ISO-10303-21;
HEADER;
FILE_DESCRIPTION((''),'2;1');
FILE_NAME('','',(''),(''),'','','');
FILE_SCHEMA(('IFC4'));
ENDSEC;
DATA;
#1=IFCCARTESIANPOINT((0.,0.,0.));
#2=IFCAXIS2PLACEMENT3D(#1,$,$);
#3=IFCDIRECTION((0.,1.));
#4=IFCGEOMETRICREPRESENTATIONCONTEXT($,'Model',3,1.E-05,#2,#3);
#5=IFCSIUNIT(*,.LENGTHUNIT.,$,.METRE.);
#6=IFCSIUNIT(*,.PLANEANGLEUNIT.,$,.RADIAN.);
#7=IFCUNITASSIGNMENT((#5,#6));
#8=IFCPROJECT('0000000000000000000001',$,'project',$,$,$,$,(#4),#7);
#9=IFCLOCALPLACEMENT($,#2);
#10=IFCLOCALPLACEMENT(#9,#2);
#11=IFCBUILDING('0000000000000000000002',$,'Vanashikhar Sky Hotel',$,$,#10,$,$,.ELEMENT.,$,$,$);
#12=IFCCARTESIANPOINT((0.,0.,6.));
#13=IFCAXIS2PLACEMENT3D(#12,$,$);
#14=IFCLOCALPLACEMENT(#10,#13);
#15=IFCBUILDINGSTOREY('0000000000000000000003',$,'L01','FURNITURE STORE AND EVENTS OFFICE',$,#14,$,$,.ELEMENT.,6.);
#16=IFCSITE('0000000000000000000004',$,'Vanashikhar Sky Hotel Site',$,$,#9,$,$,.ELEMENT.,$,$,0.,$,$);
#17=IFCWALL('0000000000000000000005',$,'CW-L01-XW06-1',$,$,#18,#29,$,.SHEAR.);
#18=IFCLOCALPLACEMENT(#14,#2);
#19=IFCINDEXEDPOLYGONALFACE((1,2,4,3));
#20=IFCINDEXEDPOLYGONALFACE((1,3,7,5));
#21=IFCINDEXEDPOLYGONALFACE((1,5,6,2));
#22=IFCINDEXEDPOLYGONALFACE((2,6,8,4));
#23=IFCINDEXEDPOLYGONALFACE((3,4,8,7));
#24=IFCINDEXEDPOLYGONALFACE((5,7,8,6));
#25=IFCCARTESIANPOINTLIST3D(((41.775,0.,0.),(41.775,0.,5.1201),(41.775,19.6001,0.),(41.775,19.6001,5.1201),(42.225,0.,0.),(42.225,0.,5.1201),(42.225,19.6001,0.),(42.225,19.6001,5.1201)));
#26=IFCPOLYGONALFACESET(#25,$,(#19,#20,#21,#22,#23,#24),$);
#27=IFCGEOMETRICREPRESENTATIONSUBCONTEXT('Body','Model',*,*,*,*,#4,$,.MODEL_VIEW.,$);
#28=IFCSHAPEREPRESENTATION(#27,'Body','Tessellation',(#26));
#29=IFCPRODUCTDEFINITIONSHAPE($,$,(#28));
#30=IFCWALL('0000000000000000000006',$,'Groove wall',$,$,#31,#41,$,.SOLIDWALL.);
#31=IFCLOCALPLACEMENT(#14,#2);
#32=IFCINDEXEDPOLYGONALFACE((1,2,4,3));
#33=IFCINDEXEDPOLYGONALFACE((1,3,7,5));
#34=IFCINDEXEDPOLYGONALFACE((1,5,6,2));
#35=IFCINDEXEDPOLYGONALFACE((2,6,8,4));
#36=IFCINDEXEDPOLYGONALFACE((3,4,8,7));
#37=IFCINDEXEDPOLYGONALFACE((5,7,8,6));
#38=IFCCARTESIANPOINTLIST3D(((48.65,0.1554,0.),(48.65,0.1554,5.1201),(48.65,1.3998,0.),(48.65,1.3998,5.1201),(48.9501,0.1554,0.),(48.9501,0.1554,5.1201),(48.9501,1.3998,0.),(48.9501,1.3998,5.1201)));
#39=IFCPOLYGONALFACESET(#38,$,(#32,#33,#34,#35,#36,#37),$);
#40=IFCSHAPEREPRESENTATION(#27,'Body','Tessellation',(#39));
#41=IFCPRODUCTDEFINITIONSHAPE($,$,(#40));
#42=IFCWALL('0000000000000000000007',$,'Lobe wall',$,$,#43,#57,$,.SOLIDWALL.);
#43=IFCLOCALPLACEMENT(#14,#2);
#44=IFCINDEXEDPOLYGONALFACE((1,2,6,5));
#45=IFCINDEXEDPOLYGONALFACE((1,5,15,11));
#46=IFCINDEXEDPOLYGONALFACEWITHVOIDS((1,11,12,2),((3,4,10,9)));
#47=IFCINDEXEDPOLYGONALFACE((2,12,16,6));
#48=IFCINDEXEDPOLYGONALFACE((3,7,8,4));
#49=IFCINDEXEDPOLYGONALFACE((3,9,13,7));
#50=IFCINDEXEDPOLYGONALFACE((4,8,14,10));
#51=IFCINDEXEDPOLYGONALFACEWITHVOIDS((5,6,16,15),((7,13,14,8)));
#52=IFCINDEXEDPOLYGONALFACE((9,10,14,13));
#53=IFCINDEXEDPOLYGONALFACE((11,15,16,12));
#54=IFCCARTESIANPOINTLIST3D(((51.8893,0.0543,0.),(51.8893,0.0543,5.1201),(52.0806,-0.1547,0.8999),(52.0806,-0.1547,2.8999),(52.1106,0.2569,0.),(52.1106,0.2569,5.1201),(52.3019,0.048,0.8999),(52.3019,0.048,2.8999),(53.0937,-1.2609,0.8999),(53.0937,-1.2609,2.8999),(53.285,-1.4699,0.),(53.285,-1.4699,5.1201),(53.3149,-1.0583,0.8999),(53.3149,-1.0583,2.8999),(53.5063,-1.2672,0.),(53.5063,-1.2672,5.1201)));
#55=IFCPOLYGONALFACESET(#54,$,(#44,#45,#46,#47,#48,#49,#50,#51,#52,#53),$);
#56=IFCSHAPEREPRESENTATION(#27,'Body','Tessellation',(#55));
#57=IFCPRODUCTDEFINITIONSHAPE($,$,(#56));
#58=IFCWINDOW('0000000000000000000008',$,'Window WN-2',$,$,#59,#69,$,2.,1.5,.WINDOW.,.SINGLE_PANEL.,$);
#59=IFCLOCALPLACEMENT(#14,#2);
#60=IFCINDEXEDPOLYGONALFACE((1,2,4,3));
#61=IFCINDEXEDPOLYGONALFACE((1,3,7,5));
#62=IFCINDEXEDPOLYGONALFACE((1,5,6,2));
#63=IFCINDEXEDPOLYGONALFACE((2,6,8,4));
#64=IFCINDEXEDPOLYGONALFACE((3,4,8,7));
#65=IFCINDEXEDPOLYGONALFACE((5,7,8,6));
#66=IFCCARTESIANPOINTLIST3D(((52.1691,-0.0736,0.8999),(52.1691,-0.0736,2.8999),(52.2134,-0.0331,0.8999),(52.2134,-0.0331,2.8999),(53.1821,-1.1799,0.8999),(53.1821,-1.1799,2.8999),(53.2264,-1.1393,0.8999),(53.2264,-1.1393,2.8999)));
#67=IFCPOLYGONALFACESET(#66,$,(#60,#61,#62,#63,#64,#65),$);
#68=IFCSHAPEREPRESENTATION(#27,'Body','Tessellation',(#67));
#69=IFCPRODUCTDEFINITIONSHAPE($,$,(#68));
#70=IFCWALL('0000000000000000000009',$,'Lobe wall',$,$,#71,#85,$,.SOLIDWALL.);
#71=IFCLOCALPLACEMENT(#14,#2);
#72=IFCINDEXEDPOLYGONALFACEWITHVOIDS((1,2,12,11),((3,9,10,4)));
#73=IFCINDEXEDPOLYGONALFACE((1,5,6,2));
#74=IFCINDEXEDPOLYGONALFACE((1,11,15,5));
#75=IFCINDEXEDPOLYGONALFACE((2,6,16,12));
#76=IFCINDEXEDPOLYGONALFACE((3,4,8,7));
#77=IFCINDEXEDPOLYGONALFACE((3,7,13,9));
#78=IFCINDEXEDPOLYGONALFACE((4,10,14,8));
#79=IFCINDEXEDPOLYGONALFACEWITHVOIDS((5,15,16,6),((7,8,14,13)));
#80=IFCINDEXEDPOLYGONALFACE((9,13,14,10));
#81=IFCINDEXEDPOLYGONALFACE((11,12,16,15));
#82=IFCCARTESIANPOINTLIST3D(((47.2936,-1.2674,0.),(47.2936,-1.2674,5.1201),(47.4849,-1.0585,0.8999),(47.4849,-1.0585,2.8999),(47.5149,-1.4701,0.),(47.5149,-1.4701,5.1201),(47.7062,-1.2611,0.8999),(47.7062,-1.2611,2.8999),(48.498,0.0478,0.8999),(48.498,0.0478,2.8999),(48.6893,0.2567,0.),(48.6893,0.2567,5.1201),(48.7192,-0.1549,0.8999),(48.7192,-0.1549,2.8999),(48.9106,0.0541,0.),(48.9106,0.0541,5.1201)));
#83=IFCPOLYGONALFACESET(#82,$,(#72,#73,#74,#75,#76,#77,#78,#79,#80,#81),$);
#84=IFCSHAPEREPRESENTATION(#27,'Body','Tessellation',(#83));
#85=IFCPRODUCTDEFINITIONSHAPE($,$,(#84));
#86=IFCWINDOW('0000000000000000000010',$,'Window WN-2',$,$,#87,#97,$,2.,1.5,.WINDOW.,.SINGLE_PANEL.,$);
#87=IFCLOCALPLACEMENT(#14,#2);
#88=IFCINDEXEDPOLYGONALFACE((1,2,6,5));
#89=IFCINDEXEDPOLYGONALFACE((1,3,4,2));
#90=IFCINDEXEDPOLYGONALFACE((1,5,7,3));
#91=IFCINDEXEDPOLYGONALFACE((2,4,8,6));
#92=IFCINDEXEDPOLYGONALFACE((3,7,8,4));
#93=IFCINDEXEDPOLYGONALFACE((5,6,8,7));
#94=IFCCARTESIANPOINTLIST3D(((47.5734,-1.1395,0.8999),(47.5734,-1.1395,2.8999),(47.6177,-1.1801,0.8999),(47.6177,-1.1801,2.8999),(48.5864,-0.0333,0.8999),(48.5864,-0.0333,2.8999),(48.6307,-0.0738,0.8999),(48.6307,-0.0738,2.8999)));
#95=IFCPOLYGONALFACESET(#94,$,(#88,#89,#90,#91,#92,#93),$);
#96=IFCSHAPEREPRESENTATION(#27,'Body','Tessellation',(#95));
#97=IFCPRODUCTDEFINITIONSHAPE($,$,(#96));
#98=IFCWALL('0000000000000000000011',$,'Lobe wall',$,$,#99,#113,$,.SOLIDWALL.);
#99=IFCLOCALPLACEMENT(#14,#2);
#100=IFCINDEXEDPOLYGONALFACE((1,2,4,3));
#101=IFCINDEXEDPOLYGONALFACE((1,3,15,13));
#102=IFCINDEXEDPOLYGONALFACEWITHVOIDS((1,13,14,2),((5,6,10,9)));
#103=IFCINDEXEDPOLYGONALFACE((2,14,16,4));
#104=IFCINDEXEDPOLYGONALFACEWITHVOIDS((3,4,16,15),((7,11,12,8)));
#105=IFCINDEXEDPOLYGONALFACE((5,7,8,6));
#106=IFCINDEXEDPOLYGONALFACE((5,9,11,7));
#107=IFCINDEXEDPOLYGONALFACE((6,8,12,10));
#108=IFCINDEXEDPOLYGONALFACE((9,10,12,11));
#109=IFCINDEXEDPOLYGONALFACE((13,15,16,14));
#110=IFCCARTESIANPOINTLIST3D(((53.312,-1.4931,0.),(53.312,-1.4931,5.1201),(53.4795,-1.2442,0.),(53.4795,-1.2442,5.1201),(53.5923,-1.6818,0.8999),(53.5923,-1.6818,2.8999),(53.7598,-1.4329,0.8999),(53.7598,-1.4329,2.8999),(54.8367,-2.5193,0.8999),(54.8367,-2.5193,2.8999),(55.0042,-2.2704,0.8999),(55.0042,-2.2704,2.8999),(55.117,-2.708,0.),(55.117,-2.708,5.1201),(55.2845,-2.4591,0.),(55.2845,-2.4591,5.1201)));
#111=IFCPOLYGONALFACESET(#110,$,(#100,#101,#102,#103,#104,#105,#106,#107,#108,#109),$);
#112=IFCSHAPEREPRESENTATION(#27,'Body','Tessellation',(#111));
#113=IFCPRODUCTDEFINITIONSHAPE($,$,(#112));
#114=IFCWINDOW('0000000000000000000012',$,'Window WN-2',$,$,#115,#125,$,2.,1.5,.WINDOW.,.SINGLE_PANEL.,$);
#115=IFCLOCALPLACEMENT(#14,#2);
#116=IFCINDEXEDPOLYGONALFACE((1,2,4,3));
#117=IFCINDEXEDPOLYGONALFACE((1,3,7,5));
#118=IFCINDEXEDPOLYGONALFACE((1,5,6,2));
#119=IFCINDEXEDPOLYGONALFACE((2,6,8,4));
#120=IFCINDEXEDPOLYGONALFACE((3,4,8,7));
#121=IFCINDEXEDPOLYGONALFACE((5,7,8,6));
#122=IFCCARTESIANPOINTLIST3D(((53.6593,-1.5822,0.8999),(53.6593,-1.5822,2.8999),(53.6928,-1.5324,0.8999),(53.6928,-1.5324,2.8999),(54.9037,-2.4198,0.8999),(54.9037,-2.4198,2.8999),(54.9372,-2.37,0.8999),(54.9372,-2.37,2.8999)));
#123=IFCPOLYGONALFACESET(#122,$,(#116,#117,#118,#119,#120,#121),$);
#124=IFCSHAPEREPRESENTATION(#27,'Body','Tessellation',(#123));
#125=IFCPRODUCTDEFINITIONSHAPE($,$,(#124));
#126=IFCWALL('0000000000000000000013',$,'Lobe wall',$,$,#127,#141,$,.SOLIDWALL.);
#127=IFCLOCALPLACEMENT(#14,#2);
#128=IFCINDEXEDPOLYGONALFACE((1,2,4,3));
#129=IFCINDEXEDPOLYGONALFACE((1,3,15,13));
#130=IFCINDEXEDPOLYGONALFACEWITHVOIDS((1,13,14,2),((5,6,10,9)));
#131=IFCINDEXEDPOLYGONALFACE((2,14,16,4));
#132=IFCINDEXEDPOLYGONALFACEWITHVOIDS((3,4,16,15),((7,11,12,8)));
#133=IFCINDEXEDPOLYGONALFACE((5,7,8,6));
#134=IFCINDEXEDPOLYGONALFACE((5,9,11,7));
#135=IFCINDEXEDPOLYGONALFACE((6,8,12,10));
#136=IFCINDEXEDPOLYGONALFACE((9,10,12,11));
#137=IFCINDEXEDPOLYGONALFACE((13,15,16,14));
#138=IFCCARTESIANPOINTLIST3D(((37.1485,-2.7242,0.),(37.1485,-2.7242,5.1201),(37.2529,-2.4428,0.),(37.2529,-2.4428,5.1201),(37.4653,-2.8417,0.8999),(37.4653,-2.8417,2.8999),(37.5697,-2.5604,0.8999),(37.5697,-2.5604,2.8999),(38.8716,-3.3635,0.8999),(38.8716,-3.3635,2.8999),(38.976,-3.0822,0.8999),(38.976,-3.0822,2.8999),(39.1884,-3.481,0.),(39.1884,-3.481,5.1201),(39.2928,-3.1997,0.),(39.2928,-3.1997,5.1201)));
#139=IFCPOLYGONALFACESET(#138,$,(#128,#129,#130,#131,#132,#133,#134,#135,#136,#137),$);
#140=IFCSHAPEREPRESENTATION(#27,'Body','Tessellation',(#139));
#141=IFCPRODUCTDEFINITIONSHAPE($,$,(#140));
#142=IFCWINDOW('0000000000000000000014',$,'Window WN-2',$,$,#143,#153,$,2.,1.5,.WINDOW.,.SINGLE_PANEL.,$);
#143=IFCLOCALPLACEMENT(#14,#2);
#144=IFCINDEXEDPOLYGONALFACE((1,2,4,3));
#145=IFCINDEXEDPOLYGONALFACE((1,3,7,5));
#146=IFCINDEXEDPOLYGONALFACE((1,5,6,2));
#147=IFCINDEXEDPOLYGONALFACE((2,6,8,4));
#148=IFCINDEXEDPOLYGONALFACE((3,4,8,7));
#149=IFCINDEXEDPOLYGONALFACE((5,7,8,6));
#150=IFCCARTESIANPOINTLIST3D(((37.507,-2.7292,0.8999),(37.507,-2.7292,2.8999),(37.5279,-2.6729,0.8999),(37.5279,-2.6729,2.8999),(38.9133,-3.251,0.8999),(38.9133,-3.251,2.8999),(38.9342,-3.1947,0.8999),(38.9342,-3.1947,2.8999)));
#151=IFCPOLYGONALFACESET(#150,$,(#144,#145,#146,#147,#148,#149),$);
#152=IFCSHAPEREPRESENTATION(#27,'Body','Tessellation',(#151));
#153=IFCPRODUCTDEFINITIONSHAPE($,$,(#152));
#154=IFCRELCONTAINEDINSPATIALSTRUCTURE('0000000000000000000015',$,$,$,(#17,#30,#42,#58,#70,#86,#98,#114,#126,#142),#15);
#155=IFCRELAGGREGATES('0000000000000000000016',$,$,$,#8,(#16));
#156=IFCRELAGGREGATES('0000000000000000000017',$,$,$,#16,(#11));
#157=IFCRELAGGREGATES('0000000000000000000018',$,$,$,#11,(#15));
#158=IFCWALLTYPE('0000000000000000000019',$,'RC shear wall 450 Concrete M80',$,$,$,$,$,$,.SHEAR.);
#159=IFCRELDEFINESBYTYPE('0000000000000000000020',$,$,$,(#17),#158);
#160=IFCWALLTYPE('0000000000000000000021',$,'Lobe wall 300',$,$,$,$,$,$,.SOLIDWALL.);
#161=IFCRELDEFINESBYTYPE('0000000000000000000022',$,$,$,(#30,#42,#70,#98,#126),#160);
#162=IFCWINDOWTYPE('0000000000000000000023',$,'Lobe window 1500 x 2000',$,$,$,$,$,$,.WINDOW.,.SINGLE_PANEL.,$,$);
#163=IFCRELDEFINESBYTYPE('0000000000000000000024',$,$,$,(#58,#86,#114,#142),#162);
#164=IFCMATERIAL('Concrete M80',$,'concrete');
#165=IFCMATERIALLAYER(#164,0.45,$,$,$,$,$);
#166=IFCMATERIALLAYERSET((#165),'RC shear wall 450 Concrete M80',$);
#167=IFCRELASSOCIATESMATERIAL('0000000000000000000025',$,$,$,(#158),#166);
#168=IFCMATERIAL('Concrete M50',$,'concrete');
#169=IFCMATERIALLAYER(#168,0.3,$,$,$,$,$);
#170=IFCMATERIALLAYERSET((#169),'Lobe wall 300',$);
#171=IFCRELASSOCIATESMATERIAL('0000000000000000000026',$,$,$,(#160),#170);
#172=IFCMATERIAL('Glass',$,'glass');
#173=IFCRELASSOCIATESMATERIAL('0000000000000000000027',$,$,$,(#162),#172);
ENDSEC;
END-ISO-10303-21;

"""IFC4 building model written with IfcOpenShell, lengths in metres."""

from ifc_helpers import new_model, si_unit, direction, frame, frame_2d, origin, place, context, subcontext, project, spatial, rectangle, extrude, source, transform, mapped, material, layer, layer_set, type_object, element, fill, save


model = new_model("IFC4")

# Units and contexts
model_context = context("Model", 3, precision=1e-05, world=origin(), true_north=direction((0.0, 1.0)))
body_context = subcontext(model_context, "Body", "Model", "MODEL_VIEW")
ifc_project = project(units=[si_unit("LENGTHUNIT", "METRE"), si_unit("PLANEANGLEUNIT", "RADIAN")], contexts=[model_context])

# Site, building, storey
site_placement = place(None, origin())
site = spatial("IfcSite", under=ifc_project, at=site_placement, Name="Vanashikhar Sky Hotel Site", CompositionType="ELEMENT", RefElevation=0.0)
building_placement = place(site_placement, origin())
building = spatial("IfcBuilding", under=site, at=building_placement, Name="Vanashikhar Sky Hotel", CompositionType="ELEMENT")
storey_placement = place(building_placement, frame((0.0, 0.0, 6.0)))
storey = spatial("IfcBuildingStorey", under=building, at=storey_placement, Name="L01", Description="FURNITURE STORE AND EVENTS OFFICE", CompositionType="ELEMENT", Elevation=6.0)

# Walls
ifc_material_1 = material(Name="Concrete M80", Category="concrete")
ifc_layer_1 = layer(ifc_material_1, 0.45)
ifc_layer_set_1 = layer_set([ifc_layer_1], Name="RC shear wall 450 Concrete M80")
wall_type_1 = type_object("IfcWallType", Name="RC shear wall 450 Concrete M80", PredefinedType="SHEAR", material=ifc_layer_set_1)
shared_shape_1 = source(origin(), body_context, "Body", "SweptSolid", [
    extrude(rectangle(XDim=19.6001, YDim=0.45, at=frame_2d((9.8, 0.0))), origin(), (0.0, 0.0, 1.0), 5.1201),
])
wall_1_placement = place(storey_placement, frame((42.0, 0.0, 0.0), z_axis=(0.0, 0.0, 1.0), x_axis=(0.0, 1.0, 0.0)))
element("IfcWall", 1, at=wall_1_placement, inside=storey, type_object=wall_type_1, Name="CW-L01-XW06-1", PredefinedType="SHEAR", context=body_context, shape_type="MappedRepresentation", body=[
    mapped(shared_shape_1, transform((0.0, 0.0, 0.0), scale=1.0)),
])
ifc_material_2 = material(Name="Concrete M50", Category="concrete")
ifc_layer_2 = layer(ifc_material_2, 0.3)
ifc_layer_set_2 = layer_set([ifc_layer_2], Name="Lobe wall 300")
wall_type_2 = type_object("IfcWallType", Name="Lobe wall 300", PredefinedType="SOLIDWALL", material=ifc_layer_set_2)
shared_shape_2 = source(origin(), body_context, "Body", "SweptSolid", [
    extrude(rectangle(XDim=1.2444, YDim=0.3, at=frame_2d((0.6221, 0.0))), origin(), (0.0, 0.0, 1.0), 5.1201),
])
wall_2_placement = place(storey_placement, frame((48.8, 0.1555, 0.0), z_axis=(0.0, 0.0, 1.0), x_axis=(0.0, 1.0, 0.0)))
element("IfcWall", 2, at=wall_2_placement, inside=storey, type_object=wall_type_2, Name="Groove wall", PredefinedType="SOLIDWALL", context=body_context, shape_type="MappedRepresentation", body=[
    mapped(shared_shape_2, transform((0.0, 0.0, 0.0), scale=1.0)),
])

# Walls, openings, windows
shared_shape_3 = source(origin(), body_context, "Body", "SweptSolid", [
    extrude(rectangle(XDim=2.0667, YDim=0.3, at=frame_2d((1.0332, 0.0))), origin(), (0.0, 0.0, 1.0), 5.1201),
])
wall_3_placement = place(storey_placement, frame((52.0, 0.1555, 0.0), z_axis=(0.0, 0.0, 1.0), x_axis=(0.675355, -0.737492, 0.0)))
wall_3 = element("IfcWall", 3, at=wall_3_placement, inside=storey, type_object=wall_type_2, Name="Lobe wall", PredefinedType="SOLIDWALL", context=body_context, shape_type="MappedRepresentation", body=[
    mapped(shared_shape_3, transform((0.0, 0.0, 0.0), scale=1.0)),
])
shared_shape_4 = source(origin(), body_context, "Body", "SweptSolid", [
    extrude(rectangle(XDim=1.5, YDim=2.0, at=frame_2d((0.75, 1.0))), frame((0.0, 0.1602, 0.0), z_axis=(0.0, -1.0, 0.0), x_axis=(1.0, 0.0, 0.0)), (0.0, 0.0, 1.0), 0.3201),
])
opening_1_placement = place(wall_3_placement, frame((0.2832, 0.0, 0.8999)))
opening_1 = element("IfcOpeningElement", 4, at=opening_1_placement, cuts=wall_3, PredefinedType="OPENING", context=body_context, shape_type="MappedRepresentation", body=[
    mapped(shared_shape_4, transform((0.0, 0.0, 0.0), scale=1.0)),
])
ifc_material_3 = material(Name="Glass", Category="glass")
window_type = type_object("IfcWindowType", Name="Lobe window 1500 x 2000", PartitioningType="SINGLE_PANEL", PredefinedType="WINDOW", material=ifc_material_3)
shared_shape_5 = source(origin(), body_context, "Body", "SweptSolid", [
    extrude(rectangle(XDim=1.5, YDim=2.0, at=frame_2d((0.75, 1.0))), frame((0.0, 0.03, 0.0), z_axis=(0.0, -1.0, 0.0), x_axis=(1.0, 0.0, 0.0)), (0.0, 0.0, 1.0), 0.0601),
])
window_1_placement = place(opening_1_placement, origin())
window_1 = element("IfcWindow", 5, at=window_1_placement, inside=storey, type_object=window_type, Name="Window WN-2", OverallHeight=2.0, OverallWidth=1.5, PartitioningType="SINGLE_PANEL", PredefinedType="WINDOW", context=body_context, shape_type="MappedRepresentation", body=[
    mapped(shared_shape_5, transform((0.0, 0.0, 0.0), scale=1.0)),
])
fill(opening_1, window_1)
wall_4_placement = place(storey_placement, frame((47.4043, -1.3687, 0.0), z_axis=(0.0, 0.0, 1.0), x_axis=(0.675355, 0.737492, 0.0)))
wall_4 = element("IfcWall", 6, at=wall_4_placement, inside=storey, type_object=wall_type_2, Name="Lobe wall", PredefinedType="SOLIDWALL", context=body_context, shape_type="MappedRepresentation", body=[
    mapped(shared_shape_3, transform((0.0, 0.0, 0.0), scale=1.0)),
])
opening_2_placement = place(wall_4_placement, frame((0.2832, 0.0, 0.8999)))
opening_2 = element("IfcOpeningElement", 7, at=opening_2_placement, cuts=wall_4, PredefinedType="OPENING", context=body_context, shape_type="MappedRepresentation", body=[
    mapped(shared_shape_4, transform((0.0, 0.0, 0.0), scale=1.0)),
])
window_2_placement = place(opening_2_placement, origin())
window_2 = element("IfcWindow", 8, at=window_2_placement, inside=storey, type_object=window_type, Name="Window WN-2", OverallHeight=2.0, OverallWidth=1.5, PartitioningType="SINGLE_PANEL", PredefinedType="WINDOW", context=body_context, shape_type="MappedRepresentation", body=[
    mapped(shared_shape_5, transform((0.0, 0.0, 0.0), scale=1.0)),
])
fill(opening_2, window_2)
shared_shape_6 = source(origin(), body_context, "Body", "SweptSolid", [
    extrude(rectangle(XDim=2.1758, YDim=0.3, at=frame_2d((1.0879, 0.0))), origin(), (0.0, 0.0, 1.0), 5.1201),
])
wall_5_placement = place(storey_placement, frame((53.3958, -1.3687, 0.0), z_axis=(0.0, 0.0, 1.0), x_axis=(0.829591, -0.558372, 0.0)))
wall_5 = element("IfcWall", 9, at=wall_5_placement, inside=storey, type_object=wall_type_2, Name="Lobe wall", PredefinedType="SOLIDWALL", context=body_context, shape_type="MappedRepresentation", body=[
    mapped(shared_shape_6, transform((0.0, 0.0, 0.0), scale=1.0)),
])
opening_3_placement = place(wall_5_placement, frame((0.3379, 0.0, 0.8999)))
opening_3 = element("IfcOpeningElement", 10, at=opening_3_placement, cuts=wall_5, PredefinedType="OPENING", context=body_context, shape_type="MappedRepresentation", body=[
    mapped(shared_shape_4, transform((0.0, 0.0, 0.0), scale=1.0)),
])
window_3_placement = place(opening_3_placement, origin())
window_3 = element("IfcWindow", 11, at=window_3_placement, inside=storey, type_object=window_type, Name="Window WN-2", OverallHeight=2.0, OverallWidth=1.5, PartitioningType="SINGLE_PANEL", PredefinedType="WINDOW", context=body_context, shape_type="MappedRepresentation", body=[
    mapped(shared_shape_5, transform((0.0, 0.0, 0.0), scale=1.0)),
])
fill(opening_3, window_3)
wall_6_placement = place(storey_placement, frame((37.2007, -2.5835, 0.0), z_axis=(0.0, 0.0, 1.0), x_axis=(0.937546, -0.347863, 0.0)))
wall_6 = element("IfcWall", 12, at=wall_6_placement, inside=storey, type_object=wall_type_2, Name="Lobe wall", PredefinedType="SOLIDWALL", context=body_context, shape_type="MappedRepresentation", body=[
    mapped(shared_shape_6, transform((0.0, 0.0, 0.0), scale=1.0)),
])
opening_4_placement = place(wall_6_placement, frame((0.3379, 0.0, 0.8999)))
opening_4 = element("IfcOpeningElement", 13, at=opening_4_placement, cuts=wall_6, PredefinedType="OPENING", context=body_context, shape_type="MappedRepresentation", body=[
    mapped(shared_shape_4, transform((0.0, 0.0, 0.0), scale=1.0)),
])
window_4_placement = place(opening_4_placement, origin())
window_4 = element("IfcWindow", 14, at=window_4_placement, inside=storey, type_object=window_type, Name="Window WN-2", OverallHeight=2.0, OverallWidth=1.5, PartitioningType="SINGLE_PANEL", PredefinedType="WINDOW", context=body_context, shape_type="MappedRepresentation", body=[
    mapped(shared_shape_5, transform((0.0, 0.0, 0.0), scale=1.0)),
])
fill(opening_4, window_4)

save(model, "model.ifc")
